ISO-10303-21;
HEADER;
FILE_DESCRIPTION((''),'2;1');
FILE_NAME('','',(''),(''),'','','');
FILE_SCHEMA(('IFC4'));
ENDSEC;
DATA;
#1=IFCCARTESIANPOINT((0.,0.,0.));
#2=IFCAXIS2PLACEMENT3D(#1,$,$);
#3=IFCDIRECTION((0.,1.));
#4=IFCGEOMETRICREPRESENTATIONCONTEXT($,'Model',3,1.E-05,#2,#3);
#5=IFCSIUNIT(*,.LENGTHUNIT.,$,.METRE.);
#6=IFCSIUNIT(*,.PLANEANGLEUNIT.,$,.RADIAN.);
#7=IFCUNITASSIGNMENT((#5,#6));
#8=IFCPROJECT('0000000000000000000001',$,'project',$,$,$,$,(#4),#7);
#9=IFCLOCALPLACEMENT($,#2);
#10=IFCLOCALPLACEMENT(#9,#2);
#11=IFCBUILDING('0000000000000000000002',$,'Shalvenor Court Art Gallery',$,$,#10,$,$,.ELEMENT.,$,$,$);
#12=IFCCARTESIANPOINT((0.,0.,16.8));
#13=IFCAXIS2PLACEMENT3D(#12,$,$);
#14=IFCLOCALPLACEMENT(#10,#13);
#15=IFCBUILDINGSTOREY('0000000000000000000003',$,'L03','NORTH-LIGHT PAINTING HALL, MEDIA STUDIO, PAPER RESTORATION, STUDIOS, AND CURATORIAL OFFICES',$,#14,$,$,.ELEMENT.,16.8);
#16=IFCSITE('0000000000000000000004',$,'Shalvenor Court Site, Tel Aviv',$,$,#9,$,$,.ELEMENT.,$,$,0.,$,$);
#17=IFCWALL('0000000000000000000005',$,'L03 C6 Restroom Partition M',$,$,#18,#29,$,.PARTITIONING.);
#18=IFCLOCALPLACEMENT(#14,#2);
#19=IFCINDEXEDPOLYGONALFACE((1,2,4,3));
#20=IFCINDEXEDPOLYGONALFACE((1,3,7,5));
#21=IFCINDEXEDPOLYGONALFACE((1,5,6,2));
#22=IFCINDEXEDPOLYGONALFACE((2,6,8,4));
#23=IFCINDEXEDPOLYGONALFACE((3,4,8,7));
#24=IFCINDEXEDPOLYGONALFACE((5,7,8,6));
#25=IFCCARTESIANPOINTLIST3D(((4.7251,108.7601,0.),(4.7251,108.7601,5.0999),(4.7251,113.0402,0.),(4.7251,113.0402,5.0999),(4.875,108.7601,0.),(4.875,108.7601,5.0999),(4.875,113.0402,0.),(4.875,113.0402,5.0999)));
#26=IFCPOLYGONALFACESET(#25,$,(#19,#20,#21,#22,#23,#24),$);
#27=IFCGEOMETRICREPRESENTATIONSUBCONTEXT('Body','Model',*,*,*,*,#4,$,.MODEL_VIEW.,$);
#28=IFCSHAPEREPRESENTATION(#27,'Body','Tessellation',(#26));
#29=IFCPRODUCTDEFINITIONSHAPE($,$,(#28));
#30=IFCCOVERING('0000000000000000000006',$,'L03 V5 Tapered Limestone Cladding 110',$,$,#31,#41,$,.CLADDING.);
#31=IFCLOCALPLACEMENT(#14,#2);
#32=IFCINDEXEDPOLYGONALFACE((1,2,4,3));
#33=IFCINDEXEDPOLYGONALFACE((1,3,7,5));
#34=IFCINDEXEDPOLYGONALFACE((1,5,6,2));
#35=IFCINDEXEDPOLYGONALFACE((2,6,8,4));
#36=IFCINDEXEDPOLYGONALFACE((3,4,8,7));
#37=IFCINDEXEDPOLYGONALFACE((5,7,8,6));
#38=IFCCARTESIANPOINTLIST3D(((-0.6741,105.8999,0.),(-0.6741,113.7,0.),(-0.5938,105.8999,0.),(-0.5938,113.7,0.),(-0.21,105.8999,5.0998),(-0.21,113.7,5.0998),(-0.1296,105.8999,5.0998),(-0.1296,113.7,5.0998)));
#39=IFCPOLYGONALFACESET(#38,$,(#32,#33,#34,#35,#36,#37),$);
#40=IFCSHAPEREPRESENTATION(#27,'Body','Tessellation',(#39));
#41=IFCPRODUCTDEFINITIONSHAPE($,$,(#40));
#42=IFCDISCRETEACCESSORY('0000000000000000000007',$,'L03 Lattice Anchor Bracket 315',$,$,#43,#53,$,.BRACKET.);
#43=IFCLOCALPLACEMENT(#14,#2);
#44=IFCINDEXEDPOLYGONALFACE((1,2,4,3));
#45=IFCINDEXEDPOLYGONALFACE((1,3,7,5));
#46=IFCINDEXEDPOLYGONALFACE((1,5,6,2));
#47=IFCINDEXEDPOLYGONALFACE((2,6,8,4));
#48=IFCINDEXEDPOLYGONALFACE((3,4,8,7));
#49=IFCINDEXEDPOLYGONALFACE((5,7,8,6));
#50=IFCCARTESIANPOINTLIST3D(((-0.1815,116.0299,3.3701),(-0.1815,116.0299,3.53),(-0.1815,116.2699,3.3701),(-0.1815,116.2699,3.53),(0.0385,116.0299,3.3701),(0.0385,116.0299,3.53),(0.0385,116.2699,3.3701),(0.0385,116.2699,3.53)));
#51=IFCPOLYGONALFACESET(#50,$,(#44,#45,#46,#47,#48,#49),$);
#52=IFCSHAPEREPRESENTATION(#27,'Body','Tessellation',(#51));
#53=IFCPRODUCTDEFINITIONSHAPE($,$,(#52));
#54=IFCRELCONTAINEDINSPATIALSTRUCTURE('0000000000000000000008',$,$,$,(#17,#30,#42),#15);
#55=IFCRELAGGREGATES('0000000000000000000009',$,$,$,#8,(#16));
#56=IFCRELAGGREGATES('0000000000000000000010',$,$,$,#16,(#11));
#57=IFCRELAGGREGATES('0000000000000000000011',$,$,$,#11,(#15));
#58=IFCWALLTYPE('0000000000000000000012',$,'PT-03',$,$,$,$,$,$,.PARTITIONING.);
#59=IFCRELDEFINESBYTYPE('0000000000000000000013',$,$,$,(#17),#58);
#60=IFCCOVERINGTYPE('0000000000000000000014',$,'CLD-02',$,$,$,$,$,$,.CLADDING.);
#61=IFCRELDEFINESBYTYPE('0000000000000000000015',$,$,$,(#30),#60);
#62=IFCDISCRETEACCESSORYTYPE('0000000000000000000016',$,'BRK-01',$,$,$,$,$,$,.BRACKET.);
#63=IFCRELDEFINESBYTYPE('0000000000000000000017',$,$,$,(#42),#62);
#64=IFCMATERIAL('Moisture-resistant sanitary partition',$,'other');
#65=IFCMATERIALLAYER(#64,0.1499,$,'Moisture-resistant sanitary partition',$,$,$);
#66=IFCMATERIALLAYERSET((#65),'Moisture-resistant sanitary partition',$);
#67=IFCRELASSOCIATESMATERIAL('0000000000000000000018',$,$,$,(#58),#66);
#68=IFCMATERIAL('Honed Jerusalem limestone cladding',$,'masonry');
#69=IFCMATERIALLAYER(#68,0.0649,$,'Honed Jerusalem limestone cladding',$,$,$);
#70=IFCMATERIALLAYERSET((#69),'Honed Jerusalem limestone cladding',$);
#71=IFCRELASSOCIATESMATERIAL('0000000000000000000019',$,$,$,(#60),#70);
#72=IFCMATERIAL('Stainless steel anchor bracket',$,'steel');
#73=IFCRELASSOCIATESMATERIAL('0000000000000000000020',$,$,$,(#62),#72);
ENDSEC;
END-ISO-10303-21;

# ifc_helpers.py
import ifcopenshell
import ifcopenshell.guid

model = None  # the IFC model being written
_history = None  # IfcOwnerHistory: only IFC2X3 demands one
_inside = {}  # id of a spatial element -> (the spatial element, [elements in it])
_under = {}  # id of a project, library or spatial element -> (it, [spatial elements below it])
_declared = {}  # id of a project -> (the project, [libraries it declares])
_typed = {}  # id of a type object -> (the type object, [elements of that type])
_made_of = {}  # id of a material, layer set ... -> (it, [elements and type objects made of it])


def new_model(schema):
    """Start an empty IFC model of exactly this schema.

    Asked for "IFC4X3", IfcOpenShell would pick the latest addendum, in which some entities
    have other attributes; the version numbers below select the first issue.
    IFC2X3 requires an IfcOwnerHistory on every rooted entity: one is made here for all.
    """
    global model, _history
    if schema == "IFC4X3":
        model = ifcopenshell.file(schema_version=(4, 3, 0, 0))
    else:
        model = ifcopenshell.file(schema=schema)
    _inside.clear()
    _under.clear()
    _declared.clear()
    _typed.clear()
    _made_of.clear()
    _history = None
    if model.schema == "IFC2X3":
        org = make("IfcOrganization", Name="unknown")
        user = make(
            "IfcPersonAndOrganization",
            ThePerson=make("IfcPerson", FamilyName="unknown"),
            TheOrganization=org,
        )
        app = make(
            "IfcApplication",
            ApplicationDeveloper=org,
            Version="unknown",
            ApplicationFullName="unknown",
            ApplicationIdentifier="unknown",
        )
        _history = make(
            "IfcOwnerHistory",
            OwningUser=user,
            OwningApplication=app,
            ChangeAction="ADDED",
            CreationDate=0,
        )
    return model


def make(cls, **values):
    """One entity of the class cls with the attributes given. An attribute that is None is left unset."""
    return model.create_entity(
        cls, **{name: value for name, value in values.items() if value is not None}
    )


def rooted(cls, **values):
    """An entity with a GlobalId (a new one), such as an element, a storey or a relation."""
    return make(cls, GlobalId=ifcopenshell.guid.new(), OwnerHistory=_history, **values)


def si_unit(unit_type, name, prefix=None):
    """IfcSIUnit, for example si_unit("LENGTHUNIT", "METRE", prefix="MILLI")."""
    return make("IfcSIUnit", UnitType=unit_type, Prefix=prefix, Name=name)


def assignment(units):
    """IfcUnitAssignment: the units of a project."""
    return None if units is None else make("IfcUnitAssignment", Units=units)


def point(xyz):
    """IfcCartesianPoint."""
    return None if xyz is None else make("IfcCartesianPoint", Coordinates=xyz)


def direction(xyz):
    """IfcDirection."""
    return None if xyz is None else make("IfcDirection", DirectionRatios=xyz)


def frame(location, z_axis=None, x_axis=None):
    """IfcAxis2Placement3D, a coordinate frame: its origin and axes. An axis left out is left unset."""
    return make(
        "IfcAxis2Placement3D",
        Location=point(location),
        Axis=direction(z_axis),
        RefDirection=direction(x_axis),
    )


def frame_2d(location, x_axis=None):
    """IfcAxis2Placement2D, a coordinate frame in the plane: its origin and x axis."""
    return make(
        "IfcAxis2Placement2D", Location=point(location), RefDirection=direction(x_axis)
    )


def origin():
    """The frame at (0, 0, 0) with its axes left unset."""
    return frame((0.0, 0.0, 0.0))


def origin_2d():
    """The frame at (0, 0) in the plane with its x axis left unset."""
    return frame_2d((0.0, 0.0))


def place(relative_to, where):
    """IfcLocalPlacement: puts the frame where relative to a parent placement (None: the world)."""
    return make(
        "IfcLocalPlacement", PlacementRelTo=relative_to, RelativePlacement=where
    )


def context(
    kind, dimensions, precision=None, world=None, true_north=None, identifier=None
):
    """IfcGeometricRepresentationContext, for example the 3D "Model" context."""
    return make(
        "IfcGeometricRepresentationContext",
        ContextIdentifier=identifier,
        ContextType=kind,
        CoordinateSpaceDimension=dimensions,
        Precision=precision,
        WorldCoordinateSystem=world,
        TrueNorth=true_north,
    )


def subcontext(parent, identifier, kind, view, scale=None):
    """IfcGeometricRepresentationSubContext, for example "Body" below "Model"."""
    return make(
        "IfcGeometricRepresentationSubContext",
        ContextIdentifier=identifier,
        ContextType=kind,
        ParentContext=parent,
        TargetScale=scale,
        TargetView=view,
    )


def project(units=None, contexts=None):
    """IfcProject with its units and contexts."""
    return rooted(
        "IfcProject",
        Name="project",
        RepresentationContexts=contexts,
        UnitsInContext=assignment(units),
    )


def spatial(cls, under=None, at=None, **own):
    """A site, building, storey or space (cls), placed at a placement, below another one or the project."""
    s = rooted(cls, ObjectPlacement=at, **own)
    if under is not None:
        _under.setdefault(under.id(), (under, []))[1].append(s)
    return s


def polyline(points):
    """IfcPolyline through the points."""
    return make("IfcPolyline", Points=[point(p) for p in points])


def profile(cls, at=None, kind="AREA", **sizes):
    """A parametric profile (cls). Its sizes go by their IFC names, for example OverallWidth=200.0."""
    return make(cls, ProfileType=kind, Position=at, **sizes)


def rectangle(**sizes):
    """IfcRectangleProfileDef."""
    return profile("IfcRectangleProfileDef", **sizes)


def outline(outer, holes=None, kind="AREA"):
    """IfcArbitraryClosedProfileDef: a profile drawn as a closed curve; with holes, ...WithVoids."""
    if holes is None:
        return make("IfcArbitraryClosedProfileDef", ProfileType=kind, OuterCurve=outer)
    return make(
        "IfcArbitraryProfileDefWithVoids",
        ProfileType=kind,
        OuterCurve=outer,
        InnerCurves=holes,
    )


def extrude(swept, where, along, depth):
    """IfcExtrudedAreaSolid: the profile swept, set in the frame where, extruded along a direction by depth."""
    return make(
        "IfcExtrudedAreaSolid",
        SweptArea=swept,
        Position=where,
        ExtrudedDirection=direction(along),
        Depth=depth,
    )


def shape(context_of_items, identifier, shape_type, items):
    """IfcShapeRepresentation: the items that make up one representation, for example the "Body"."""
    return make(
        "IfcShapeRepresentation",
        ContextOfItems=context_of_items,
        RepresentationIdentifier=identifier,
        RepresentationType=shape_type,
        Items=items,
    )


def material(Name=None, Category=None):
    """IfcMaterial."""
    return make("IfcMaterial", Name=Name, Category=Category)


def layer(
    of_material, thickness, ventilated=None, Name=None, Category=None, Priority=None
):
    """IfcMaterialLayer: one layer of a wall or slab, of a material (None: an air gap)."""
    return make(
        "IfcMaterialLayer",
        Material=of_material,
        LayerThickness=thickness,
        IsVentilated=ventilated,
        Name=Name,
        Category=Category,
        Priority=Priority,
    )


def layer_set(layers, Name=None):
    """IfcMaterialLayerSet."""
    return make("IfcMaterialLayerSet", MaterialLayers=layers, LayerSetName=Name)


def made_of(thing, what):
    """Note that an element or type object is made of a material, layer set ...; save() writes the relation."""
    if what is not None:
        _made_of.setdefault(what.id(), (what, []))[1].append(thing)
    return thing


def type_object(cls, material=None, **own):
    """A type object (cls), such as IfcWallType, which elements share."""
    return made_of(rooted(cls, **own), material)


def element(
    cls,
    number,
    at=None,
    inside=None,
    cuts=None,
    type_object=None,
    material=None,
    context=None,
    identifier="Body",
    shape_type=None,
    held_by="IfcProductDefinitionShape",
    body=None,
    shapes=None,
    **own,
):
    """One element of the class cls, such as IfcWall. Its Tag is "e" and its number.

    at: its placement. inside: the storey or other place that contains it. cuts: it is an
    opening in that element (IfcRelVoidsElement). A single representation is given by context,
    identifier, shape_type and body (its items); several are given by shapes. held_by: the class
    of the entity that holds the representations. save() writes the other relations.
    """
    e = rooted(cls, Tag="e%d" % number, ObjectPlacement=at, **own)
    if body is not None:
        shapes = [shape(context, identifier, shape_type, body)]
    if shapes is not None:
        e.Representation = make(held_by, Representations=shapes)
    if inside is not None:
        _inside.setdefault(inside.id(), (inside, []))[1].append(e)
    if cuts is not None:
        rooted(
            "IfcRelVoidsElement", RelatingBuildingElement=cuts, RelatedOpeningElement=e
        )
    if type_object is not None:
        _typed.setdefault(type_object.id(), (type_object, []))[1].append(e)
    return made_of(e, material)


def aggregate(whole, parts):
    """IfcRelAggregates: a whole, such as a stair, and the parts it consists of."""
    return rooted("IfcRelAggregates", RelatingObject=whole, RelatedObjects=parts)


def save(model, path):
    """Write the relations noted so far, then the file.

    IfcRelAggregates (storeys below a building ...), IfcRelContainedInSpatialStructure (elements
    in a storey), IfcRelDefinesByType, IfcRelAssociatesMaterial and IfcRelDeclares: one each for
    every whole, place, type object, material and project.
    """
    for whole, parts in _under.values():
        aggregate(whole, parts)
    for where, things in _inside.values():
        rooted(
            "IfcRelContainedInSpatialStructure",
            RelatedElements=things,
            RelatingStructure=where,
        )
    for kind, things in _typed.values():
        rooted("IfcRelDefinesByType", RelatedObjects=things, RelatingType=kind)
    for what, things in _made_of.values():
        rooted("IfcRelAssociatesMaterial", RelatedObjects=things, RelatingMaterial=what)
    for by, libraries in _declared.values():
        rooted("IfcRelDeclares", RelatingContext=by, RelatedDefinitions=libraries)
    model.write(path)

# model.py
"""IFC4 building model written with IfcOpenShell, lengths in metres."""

from ifc_helpers import new_model, si_unit, direction, frame, frame_2d, origin, origin_2d, place, context, subcontext, project, spatial, polyline, rectangle, outline, extrude, material, layer, layer_set, type_object, element, save


model = new_model("IFC4")

# Units and contexts
model_context = context("Model", 3, precision=1e-05, world=origin(), true_north=direction((0.0, 1.0)))
body_context = subcontext(model_context, "Body", "Model", "MODEL_VIEW")
ifc_project = project(units=[si_unit("LENGTHUNIT", "METRE"), si_unit("PLANEANGLEUNIT", "RADIAN")], contexts=[model_context])

# Site, building, storey
site_placement = place(None, origin())
site = spatial("IfcSite", under=ifc_project, at=site_placement, Name="Shalvenor Court Site, Tel Aviv", CompositionType="ELEMENT", RefElevation=0.0)
building_placement = place(site_placement, origin())
building = spatial("IfcBuilding", under=site, at=building_placement, Name="Shalvenor Court Art Gallery", CompositionType="ELEMENT")
storey_placement = place(building_placement, frame((0.0, 0.0, 16.8)))
storey = spatial("IfcBuildingStorey", under=building, at=storey_placement, Name="L03", Description="NORTH-LIGHT PAINTING HALL, MEDIA STUDIO, PAPER RESTORATION, STUDIOS, AND CURATORIAL OFFICES", CompositionType="ELEMENT", Elevation=16.8)

# Shared definitions
ifc_material_1 = material(Name="Moisture-resistant sanitary partition", Category="other")
ifc_layer_1 = layer(ifc_material_1, 0.1499, Name="Moisture-resistant sanitary partition")
ifc_layer_set_1 = layer_set([ifc_layer_1], Name="Moisture-resistant sanitary partition")
wall_type = type_object("IfcWallType", Name="PT-03", PredefinedType="PARTITIONING", material=ifc_layer_set_1)

# Wall
for number, where, z_axis, x_axis, name in (
    (1, (4.8, 108.76, 0.0), (0.0, 0.0, 1.0), (0.0, 1.0, 0.0), "L03 C6 Restroom Partition M"),
):
    element("IfcWall", number, at=place(storey_placement, frame(where, z_axis=z_axis, x_axis=x_axis)), inside=storey, type_object=wall_type, Name=name, PredefinedType="PARTITIONING", context=body_context, shape_type="SweptSolid", body=[
        extrude(rectangle(XDim=4.28, YDim=0.1499, at=frame_2d((2.1401, 0.0))), origin(), (0.0, 0.0, 1.0), 5.0999),
    ])

# Covering
ifc_material_2 = material(Name="Honed Jerusalem limestone cladding", Category="masonry")
ifc_layer_2 = layer(ifc_material_2, 0.0649, Name="Honed Jerusalem limestone cladding")
ifc_layer_set_2 = layer_set([ifc_layer_2], Name="Honed Jerusalem limestone cladding")
covering_type = type_object("IfcCoveringType", Name="CLD-02", PredefinedType="CLADDING", material=ifc_layer_set_2)
covering_placement = place(storey_placement, frame((-0.6741, 113.7, 0.0), z_axis=(0.0, 0.0, 1.0), x_axis=(0.0, -1.0, 0.0)))
element("IfcCovering", 2, at=covering_placement, inside=storey, type_object=covering_type, Name="L03 V5 Tapered Limestone Cladding 110", PredefinedType="CLADDING", context=body_context, shape_type="SweptSolid", body=[
    extrude(outline(polyline([(0.0, 0.0), (7.8, 0.0), (7.8, 5.1208), (0.0, 5.1208), (0.0, 0.0)])), frame((0.0, 0.0, 0.0), z_axis=(0.0, -0.995884, 0.090633), x_axis=(1.0, 0.0, 0.0)), (0.0, 0.090633, -0.995884), 0.0803),
])

# Discrete accessory
ifc_material_3 = material(Name="Stainless steel anchor bracket", Category="steel")
discrete_accessory_type = type_object("IfcDiscreteAccessoryType", Name="BRK-01", PredefinedType="BRACKET", material=ifc_material_3)
discrete_accessory_placement = place(storey_placement, frame((-0.0715, 116.1499, 3.3701), z_axis=(0.0, 0.0, 1.0), x_axis=(0.0, 1.0, 0.0)))
element("IfcDiscreteAccessory", 3, at=discrete_accessory_placement, inside=storey, type_object=discrete_accessory_type, Name="L03 Lattice Anchor Bracket 315", PredefinedType="BRACKET", context=body_context, shape_type="SweptSolid", body=[
    extrude(rectangle(XDim=0.24, YDim=0.22, at=origin_2d()), origin(), (0.0, 0.0, 1.0), 0.1599),
])

save(model, "model.ifc")
